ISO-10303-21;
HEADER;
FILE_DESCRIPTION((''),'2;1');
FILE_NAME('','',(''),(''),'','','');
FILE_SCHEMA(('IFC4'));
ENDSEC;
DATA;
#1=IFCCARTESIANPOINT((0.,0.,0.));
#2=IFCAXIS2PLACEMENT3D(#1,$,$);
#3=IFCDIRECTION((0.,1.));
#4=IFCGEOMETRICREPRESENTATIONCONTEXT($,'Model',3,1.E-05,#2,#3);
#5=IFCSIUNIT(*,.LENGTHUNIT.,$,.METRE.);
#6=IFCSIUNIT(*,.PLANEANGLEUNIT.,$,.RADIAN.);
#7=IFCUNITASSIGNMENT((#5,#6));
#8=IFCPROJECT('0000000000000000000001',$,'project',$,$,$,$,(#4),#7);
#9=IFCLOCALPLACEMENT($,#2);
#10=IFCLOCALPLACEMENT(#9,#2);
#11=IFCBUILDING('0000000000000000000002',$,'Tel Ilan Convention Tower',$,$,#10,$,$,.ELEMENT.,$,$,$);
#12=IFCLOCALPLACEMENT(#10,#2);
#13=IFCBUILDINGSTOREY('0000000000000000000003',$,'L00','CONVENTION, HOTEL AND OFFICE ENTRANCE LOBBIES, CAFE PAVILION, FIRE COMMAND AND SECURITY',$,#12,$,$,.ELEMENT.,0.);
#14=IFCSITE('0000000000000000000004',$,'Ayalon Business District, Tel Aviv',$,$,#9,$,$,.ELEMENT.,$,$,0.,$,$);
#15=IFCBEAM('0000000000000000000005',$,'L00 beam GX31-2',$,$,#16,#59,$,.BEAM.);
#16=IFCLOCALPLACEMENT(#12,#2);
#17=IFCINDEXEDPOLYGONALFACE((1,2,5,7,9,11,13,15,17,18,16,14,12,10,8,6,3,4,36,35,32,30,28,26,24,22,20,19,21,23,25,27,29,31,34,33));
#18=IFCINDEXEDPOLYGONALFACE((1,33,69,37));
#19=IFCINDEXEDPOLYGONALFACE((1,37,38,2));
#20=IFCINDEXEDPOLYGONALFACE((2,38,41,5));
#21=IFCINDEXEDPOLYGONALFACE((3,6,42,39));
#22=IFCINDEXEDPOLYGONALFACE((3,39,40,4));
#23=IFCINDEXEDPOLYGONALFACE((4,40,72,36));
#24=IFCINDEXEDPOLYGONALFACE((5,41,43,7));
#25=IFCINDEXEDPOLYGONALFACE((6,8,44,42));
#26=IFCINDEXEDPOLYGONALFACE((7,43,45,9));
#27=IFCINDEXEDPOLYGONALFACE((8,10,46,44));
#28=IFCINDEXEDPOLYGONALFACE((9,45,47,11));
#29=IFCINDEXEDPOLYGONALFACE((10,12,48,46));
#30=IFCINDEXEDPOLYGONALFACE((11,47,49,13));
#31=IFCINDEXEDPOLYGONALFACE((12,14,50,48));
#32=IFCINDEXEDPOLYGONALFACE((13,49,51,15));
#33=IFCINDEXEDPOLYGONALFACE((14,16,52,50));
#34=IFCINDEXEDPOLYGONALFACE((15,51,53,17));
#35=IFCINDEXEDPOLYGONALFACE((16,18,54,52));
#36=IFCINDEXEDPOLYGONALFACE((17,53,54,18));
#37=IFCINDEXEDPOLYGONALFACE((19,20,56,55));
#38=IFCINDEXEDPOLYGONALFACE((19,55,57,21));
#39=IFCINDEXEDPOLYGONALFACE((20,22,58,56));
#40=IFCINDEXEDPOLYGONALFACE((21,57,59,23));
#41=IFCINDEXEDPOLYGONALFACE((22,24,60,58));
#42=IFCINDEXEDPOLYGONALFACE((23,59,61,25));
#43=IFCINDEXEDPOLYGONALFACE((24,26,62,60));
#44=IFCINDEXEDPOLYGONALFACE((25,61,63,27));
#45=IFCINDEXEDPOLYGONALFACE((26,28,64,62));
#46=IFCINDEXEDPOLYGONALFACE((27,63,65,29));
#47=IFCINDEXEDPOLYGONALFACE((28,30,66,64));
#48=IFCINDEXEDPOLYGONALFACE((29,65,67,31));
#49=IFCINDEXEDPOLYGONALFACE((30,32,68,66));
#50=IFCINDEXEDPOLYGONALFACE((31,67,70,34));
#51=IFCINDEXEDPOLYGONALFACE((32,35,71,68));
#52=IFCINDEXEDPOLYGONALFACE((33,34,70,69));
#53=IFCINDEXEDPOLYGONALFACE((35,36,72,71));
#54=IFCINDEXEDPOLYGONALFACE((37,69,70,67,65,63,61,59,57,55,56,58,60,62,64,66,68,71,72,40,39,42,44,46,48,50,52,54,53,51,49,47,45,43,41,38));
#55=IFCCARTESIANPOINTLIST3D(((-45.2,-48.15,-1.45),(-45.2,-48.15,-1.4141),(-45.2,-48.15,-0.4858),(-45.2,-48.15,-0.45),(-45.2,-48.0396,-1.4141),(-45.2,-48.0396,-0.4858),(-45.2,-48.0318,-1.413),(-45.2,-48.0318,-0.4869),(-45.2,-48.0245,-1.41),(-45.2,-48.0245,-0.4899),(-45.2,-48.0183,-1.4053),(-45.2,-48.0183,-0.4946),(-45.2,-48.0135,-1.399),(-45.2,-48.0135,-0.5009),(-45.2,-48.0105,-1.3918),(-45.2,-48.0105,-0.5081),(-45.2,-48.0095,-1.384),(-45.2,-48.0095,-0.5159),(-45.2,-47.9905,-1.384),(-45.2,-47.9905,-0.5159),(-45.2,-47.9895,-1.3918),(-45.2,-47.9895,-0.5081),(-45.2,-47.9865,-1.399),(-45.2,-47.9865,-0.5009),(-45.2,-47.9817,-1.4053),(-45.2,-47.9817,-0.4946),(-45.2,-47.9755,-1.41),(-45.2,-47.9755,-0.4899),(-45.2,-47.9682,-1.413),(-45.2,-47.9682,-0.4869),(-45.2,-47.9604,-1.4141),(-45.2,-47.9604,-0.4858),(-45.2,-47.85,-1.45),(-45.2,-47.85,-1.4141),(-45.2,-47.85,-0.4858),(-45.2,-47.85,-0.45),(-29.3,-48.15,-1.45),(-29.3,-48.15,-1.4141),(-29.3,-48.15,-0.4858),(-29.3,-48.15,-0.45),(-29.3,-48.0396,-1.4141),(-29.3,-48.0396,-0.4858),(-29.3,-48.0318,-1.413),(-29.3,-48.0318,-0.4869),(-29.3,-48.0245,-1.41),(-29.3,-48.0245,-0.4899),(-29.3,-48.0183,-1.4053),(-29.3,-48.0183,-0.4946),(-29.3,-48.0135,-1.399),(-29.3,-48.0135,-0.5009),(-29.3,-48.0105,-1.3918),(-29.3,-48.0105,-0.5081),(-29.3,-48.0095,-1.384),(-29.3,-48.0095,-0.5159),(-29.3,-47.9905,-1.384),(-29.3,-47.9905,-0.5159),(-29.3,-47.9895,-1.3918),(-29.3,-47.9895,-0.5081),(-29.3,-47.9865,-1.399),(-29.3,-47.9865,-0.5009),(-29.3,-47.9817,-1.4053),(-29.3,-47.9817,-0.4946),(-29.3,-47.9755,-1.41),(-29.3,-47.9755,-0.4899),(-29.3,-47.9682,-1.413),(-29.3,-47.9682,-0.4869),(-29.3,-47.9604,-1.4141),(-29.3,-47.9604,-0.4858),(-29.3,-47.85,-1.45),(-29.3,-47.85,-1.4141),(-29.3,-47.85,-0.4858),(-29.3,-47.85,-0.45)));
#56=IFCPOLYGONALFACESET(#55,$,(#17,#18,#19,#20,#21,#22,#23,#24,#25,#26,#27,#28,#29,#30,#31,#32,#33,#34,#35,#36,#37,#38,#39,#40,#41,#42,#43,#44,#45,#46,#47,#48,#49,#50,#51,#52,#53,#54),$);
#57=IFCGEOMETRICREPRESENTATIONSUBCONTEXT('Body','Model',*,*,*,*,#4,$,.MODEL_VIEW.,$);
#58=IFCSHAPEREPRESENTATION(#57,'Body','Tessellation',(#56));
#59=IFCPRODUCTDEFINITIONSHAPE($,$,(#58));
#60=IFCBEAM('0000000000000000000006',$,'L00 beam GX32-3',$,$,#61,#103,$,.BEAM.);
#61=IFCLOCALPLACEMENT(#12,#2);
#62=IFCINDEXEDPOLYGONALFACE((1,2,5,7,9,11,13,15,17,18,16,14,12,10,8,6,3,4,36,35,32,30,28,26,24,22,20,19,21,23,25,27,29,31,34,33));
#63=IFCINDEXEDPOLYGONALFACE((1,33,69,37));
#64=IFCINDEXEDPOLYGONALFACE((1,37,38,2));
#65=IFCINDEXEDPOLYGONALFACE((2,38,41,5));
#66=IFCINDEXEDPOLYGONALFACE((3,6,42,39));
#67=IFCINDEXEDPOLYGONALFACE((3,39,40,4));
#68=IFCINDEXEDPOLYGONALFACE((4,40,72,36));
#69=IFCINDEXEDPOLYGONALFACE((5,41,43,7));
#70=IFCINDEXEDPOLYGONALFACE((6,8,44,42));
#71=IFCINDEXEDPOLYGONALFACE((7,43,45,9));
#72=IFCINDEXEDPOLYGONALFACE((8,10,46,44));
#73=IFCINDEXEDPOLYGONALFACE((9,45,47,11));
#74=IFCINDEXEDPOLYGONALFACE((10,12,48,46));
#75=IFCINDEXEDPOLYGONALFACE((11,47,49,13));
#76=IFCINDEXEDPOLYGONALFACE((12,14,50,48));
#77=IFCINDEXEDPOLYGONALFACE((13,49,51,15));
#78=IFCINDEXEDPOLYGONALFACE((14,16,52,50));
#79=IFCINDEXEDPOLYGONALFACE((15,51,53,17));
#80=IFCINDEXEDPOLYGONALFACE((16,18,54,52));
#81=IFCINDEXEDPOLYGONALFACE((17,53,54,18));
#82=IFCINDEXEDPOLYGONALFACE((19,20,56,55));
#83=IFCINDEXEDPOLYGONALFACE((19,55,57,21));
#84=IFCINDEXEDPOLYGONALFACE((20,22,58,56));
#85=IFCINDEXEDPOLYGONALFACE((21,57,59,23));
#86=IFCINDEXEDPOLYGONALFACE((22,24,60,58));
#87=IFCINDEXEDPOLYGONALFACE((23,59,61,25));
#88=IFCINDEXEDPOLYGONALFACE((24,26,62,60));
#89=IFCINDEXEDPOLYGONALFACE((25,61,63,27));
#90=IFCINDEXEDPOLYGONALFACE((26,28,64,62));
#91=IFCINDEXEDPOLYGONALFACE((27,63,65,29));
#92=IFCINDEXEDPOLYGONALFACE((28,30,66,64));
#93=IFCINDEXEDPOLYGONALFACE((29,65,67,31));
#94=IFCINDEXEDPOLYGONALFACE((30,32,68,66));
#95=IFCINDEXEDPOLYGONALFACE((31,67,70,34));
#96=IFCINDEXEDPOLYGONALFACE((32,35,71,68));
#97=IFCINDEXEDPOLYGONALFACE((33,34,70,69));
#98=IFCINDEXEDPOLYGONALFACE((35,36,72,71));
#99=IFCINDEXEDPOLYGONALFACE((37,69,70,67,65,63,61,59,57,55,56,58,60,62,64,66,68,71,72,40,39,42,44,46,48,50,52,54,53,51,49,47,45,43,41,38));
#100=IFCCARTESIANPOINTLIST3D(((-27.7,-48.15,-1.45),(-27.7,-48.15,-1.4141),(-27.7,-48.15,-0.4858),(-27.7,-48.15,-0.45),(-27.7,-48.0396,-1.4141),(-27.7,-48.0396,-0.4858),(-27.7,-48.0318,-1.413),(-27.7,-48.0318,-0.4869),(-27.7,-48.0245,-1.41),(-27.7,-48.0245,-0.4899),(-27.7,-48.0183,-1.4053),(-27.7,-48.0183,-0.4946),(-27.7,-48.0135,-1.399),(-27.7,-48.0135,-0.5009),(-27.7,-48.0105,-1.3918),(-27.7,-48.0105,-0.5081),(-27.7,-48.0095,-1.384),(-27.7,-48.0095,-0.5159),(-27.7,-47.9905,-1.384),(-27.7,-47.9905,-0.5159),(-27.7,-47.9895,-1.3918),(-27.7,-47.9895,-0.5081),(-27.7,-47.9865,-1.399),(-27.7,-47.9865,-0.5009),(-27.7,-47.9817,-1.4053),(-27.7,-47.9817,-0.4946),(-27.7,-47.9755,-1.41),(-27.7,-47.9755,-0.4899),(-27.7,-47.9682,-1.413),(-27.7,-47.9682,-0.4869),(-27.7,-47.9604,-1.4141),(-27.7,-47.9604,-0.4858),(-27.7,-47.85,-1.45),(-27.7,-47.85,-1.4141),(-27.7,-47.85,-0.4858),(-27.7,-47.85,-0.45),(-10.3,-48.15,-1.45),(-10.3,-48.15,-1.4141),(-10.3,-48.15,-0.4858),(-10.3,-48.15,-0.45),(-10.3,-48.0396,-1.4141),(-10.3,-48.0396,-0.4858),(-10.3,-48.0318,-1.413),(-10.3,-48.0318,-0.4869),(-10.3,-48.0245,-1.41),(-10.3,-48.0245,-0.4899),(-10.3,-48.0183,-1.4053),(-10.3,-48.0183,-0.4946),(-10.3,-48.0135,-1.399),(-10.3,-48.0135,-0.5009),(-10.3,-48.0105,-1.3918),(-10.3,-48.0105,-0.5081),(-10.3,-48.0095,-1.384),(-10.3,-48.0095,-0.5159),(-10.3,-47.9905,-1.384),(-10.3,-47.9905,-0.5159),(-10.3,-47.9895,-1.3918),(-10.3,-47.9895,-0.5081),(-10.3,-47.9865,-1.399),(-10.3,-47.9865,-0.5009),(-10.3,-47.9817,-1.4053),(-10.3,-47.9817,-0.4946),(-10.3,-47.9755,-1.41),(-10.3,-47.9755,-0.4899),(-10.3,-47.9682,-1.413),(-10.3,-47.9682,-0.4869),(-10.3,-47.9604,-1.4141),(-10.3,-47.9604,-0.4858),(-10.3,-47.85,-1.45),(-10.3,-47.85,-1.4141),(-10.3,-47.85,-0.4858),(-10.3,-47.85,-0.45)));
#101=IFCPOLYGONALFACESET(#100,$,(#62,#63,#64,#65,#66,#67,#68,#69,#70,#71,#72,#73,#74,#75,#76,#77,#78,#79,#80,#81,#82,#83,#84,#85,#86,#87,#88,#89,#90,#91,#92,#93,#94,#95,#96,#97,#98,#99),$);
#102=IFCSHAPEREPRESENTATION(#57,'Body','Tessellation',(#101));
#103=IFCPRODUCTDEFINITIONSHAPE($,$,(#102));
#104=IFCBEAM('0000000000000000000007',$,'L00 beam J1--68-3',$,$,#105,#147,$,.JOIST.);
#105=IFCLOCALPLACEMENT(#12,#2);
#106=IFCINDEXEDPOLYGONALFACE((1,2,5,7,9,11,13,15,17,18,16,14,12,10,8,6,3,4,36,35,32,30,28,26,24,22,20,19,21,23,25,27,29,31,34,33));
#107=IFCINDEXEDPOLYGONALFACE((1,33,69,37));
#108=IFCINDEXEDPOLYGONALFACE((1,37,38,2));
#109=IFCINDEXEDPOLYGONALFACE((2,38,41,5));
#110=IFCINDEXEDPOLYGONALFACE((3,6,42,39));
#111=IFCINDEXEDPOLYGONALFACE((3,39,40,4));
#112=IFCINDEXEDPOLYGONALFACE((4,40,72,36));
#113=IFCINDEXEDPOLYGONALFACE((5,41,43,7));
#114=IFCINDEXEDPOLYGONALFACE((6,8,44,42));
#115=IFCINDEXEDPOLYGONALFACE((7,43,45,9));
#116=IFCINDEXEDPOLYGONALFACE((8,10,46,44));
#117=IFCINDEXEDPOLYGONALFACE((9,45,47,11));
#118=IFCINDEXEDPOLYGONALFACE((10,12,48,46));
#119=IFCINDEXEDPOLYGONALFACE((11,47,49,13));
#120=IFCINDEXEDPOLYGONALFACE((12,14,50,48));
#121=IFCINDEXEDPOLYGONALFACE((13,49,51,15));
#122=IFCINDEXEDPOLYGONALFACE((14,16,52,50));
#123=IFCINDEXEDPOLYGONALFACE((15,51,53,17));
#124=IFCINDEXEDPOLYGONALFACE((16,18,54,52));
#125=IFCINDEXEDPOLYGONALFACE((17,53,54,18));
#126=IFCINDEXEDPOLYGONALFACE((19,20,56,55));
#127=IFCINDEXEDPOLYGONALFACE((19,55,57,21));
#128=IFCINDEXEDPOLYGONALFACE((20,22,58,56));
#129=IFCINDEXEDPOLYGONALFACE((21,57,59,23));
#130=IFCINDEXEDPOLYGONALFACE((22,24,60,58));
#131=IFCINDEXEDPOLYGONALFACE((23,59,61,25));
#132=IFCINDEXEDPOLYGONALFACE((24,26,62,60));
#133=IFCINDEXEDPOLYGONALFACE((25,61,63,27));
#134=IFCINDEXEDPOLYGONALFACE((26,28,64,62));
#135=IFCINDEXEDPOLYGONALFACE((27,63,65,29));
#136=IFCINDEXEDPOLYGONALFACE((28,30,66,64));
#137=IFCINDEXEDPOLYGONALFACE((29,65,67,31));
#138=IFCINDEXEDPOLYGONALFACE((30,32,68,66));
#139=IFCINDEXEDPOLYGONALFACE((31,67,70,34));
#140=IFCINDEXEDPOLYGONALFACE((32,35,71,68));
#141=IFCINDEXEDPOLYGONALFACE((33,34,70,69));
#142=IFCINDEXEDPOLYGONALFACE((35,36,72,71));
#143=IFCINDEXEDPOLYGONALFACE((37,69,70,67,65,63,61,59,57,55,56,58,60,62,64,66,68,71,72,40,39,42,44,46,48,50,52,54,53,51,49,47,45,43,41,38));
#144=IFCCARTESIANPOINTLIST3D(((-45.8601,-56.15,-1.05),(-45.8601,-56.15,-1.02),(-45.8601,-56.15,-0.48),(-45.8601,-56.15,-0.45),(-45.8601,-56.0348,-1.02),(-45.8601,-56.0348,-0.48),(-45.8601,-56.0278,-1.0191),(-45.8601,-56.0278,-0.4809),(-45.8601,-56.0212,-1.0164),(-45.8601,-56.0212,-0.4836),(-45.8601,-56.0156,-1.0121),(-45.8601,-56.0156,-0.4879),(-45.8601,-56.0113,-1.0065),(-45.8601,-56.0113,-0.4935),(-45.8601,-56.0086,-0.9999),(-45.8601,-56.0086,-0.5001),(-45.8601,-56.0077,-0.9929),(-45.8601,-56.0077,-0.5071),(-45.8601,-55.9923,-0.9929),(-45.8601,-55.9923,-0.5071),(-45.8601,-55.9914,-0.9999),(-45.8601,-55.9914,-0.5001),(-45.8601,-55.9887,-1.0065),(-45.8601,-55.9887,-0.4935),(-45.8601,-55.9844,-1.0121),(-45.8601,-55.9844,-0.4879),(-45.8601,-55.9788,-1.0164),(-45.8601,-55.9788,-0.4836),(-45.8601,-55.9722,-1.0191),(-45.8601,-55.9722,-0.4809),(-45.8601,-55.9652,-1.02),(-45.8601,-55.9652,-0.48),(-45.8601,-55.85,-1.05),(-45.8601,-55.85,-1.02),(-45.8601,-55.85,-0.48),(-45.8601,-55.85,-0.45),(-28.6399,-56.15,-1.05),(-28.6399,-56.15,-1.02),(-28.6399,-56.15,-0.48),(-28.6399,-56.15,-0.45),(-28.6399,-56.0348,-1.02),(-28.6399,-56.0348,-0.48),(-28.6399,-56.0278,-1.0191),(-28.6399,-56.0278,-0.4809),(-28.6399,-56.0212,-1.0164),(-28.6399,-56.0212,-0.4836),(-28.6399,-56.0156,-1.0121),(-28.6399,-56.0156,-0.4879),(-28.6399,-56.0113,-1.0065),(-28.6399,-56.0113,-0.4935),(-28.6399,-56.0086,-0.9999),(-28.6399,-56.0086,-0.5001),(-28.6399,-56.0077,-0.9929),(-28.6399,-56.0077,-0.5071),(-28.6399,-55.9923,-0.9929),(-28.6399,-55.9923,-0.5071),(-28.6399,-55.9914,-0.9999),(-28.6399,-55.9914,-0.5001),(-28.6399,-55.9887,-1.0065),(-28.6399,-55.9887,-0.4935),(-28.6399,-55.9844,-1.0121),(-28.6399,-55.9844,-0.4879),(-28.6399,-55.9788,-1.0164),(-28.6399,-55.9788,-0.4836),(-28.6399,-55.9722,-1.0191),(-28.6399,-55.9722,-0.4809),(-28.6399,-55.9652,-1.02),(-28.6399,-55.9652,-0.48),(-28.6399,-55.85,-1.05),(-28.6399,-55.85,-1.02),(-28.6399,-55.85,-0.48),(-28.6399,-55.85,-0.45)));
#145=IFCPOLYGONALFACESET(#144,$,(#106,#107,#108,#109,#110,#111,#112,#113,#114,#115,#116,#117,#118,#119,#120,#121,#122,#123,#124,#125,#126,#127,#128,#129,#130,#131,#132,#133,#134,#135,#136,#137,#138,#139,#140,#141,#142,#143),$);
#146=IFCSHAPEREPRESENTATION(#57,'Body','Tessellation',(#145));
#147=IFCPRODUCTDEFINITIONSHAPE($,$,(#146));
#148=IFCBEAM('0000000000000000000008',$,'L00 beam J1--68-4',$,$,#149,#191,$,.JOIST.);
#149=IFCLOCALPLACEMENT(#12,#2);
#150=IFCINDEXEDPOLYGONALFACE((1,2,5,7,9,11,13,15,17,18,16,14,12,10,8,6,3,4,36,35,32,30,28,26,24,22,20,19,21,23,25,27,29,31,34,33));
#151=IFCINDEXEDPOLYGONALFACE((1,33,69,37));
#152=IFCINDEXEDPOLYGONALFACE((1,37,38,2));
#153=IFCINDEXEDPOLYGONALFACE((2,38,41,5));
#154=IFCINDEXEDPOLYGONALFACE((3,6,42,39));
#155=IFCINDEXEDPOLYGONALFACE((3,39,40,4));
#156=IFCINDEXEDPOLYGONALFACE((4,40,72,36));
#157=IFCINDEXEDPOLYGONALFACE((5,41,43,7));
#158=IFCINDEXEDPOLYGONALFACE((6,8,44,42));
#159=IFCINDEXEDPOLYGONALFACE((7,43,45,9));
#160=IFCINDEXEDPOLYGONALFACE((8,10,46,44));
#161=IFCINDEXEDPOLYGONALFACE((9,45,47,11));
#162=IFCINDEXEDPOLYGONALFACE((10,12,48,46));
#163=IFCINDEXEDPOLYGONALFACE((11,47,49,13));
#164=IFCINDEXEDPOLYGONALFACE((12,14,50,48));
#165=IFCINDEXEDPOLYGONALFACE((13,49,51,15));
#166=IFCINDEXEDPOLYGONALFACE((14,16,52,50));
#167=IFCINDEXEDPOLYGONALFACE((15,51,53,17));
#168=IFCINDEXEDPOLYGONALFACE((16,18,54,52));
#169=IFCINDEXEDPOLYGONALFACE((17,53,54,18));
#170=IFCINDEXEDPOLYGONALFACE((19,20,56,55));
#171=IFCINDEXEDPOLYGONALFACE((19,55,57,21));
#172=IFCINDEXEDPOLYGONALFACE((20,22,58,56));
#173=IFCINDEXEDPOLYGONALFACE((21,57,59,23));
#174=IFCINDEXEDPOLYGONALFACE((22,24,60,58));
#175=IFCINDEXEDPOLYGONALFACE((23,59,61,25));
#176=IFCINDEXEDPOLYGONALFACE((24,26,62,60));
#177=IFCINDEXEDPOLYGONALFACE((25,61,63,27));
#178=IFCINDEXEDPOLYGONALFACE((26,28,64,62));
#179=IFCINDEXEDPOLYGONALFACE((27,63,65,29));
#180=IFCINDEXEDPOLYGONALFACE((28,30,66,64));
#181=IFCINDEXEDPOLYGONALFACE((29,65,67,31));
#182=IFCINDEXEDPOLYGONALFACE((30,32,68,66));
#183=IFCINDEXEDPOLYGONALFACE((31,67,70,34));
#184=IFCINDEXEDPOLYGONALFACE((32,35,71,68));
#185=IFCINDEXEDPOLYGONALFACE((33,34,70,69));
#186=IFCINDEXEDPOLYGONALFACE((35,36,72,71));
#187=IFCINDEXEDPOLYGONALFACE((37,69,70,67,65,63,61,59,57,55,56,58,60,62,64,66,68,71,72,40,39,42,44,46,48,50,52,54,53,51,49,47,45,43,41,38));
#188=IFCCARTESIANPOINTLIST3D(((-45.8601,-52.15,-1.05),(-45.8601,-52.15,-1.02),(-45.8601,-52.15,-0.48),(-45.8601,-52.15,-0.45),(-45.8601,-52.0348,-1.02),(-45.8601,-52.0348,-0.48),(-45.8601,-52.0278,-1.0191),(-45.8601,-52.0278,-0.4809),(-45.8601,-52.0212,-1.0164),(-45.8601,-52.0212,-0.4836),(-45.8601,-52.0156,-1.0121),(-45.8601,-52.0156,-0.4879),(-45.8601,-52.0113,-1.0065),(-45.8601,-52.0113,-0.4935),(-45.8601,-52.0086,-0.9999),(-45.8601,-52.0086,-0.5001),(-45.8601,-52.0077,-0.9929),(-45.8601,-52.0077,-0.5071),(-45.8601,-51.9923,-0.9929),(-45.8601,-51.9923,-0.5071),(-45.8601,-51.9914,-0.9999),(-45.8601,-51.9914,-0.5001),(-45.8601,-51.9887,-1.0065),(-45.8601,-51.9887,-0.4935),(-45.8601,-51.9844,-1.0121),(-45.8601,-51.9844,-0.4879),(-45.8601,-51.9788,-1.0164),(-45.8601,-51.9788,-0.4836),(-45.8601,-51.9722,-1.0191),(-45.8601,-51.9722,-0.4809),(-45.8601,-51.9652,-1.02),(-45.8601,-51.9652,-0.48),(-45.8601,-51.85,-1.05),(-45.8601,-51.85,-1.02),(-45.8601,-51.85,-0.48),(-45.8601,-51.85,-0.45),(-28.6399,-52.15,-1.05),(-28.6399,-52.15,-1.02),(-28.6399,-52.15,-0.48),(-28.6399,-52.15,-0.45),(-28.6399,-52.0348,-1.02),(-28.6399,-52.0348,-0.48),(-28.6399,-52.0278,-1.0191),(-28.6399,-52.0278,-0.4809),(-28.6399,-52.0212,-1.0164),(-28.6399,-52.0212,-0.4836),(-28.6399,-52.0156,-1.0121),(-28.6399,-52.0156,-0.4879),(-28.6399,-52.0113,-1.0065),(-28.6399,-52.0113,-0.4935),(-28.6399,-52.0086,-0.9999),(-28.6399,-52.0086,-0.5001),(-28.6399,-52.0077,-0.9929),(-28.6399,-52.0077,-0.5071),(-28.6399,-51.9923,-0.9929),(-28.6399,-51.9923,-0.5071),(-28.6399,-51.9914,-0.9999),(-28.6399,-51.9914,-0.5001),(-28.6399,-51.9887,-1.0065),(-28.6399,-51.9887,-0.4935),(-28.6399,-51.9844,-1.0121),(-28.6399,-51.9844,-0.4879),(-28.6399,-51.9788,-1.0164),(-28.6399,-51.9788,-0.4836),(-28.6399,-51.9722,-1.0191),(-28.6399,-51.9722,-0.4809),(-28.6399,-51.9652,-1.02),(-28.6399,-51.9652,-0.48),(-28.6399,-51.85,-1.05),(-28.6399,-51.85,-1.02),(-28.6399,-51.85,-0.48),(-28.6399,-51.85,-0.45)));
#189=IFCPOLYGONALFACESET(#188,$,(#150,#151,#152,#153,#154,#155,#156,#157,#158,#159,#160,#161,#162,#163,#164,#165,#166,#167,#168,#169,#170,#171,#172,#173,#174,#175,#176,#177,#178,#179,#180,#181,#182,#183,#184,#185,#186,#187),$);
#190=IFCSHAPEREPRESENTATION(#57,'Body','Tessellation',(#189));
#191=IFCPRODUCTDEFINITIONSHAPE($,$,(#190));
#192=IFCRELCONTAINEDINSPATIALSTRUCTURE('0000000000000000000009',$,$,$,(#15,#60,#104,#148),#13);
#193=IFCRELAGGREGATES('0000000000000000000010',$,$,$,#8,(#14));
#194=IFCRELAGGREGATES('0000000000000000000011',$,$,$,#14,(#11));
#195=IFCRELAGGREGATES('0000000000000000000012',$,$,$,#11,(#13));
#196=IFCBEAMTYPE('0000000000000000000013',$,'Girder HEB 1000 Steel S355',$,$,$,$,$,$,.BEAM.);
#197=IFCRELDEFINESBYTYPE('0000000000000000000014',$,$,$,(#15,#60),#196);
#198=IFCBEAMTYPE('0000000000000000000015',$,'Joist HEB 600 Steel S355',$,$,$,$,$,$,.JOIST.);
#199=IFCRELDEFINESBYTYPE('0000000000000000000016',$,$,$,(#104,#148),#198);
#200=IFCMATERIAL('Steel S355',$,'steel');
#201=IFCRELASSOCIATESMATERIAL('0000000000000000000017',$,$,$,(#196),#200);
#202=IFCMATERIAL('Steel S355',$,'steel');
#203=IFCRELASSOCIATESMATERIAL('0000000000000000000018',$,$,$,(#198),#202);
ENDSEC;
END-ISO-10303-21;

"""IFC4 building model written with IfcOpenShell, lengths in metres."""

from ifc_helpers import new_model, si_unit, direction, frame, origin, origin_2d, place, context, subcontext, project, spatial, i_section, extrude, material, material_profile, profile_set, type_object, element, save


model = new_model("IFC4")

# Units and contexts
model_context = context("Model", 3, precision=1e-05, world=origin(), true_north=direction((0.0, 1.0)))
body_context = subcontext(model_context, "Body", "Model", "MODEL_VIEW")
ifc_project = project(units=[si_unit("LENGTHUNIT", "METRE"), si_unit("PLANEANGLEUNIT", "RADIAN")], contexts=[model_context])

# Site, building, storey
site_placement = place(None, origin())
site = spatial("IfcSite", under=ifc_project, at=site_placement, Name="Ayalon Business District, Tel Aviv", CompositionType="ELEMENT", RefElevation=0.0)
building_placement = place(site_placement, origin())
building = spatial("IfcBuilding", under=site, at=building_placement, Name="Tel Ilan Convention Tower", CompositionType="ELEMENT")
storey_placement = place(building_placement, origin())
storey = spatial("IfcBuildingStorey", under=building, at=storey_placement, Name="L00", Description="CONVENTION, HOTEL AND OFFICE ENTRANCE LOBBIES, CAFE PAVILION, FIRE COMMAND AND SECURITY", CompositionType="ELEMENT", Elevation=0.0)

# Beams
ifc_material_1 = material(Name="Steel S355", Category="steel")
ifc_material_profile_1 = material_profile(ifc_material_1, i_section(OverallWidth=0.3, OverallDepth=1.0, WebThickness=0.019, FlangeThickness=0.0359, FilletRadius=0.03, at=origin_2d()), Name="HEB 1000")
ifc_profile_set_1 = profile_set([ifc_material_profile_1], Name="Steel S355")
beam_type_1 = type_object("IfcBeamType", Name="Girder HEB 1000 Steel S355", PredefinedType="BEAM", material=ifc_profile_set_1)
beam_1_placement = place(storey_placement, frame((-45.2, -48.0, -0.95), z_axis=(1.0, 0.0, 0.0), x_axis=(0.0, 1.0, 0.0)))
element("IfcBeam", 1, at=beam_1_placement, inside=storey, type_object=beam_type_1, Name="L00 beam GX31-2", PredefinedType="BEAM", context=body_context, shape_type="SweptSolid", body=[
    extrude(i_section(OverallWidth=0.3, OverallDepth=1.0, WebThickness=0.019, FlangeThickness=0.0359, FilletRadius=0.03, at=origin_2d()), origin(), (0.0, 0.0, 1.0), 15.8999),
])
beam_2_placement = place(storey_placement, frame((-27.7, -48.0, -0.95), z_axis=(1.0, 0.0, 0.0), x_axis=(0.0, 1.0, 0.0)))
element("IfcBeam", 2, at=beam_2_placement, inside=storey, type_object=beam_type_1, Name="L00 beam GX32-3", PredefinedType="BEAM", context=body_context, shape_type="SweptSolid", body=[
    extrude(i_section(OverallWidth=0.3, OverallDepth=1.0, WebThickness=0.019, FlangeThickness=0.0359, FilletRadius=0.03, at=origin_2d()), origin(), (0.0, 0.0, 1.0), 17.3999),
])
ifc_material_2 = material(Name="Steel S355", Category="steel")
ifc_material_profile_2 = material_profile(ifc_material_2, i_section(OverallWidth=0.3, OverallDepth=0.6001, WebThickness=0.0154, FlangeThickness=0.03, FilletRadius=0.0271, at=origin_2d()), Name="HEB 600")
ifc_profile_set_2 = profile_set([ifc_material_profile_2], Name="Steel S355")
beam_type_2 = type_object("IfcBeamType", Name="Joist HEB 600 Steel S355", PredefinedType="JOIST", material=ifc_profile_set_2)
for number, where, z_axis, x_axis, name in (
    (3, (-45.8601, -56.0, -0.75), (1.0, 0.0, 0.0), (0.0, 1.0, 0.0), "L00 beam J1--68-3"),
    (4, (-45.8601, -52.0, -0.75), (1.0, 0.0, 0.0), (0.0, 1.0, 0.0), "L00 beam J1--68-4"),
):
    element("IfcBeam", number, at=place(storey_placement, frame(where, z_axis=z_axis, x_axis=x_axis)), inside=storey, type_object=beam_type_2, Name=name, PredefinedType="JOIST", context=body_context, shape_type="SweptSolid", body=[
        extrude(i_section(OverallWidth=0.3, OverallDepth=0.6001, WebThickness=0.0154, FlangeThickness=0.03, FilletRadius=0.0271, at=origin_2d()), origin(), (0.0, 0.0, 1.0), 17.2202),
    ])

save(model, "model.ifc")
